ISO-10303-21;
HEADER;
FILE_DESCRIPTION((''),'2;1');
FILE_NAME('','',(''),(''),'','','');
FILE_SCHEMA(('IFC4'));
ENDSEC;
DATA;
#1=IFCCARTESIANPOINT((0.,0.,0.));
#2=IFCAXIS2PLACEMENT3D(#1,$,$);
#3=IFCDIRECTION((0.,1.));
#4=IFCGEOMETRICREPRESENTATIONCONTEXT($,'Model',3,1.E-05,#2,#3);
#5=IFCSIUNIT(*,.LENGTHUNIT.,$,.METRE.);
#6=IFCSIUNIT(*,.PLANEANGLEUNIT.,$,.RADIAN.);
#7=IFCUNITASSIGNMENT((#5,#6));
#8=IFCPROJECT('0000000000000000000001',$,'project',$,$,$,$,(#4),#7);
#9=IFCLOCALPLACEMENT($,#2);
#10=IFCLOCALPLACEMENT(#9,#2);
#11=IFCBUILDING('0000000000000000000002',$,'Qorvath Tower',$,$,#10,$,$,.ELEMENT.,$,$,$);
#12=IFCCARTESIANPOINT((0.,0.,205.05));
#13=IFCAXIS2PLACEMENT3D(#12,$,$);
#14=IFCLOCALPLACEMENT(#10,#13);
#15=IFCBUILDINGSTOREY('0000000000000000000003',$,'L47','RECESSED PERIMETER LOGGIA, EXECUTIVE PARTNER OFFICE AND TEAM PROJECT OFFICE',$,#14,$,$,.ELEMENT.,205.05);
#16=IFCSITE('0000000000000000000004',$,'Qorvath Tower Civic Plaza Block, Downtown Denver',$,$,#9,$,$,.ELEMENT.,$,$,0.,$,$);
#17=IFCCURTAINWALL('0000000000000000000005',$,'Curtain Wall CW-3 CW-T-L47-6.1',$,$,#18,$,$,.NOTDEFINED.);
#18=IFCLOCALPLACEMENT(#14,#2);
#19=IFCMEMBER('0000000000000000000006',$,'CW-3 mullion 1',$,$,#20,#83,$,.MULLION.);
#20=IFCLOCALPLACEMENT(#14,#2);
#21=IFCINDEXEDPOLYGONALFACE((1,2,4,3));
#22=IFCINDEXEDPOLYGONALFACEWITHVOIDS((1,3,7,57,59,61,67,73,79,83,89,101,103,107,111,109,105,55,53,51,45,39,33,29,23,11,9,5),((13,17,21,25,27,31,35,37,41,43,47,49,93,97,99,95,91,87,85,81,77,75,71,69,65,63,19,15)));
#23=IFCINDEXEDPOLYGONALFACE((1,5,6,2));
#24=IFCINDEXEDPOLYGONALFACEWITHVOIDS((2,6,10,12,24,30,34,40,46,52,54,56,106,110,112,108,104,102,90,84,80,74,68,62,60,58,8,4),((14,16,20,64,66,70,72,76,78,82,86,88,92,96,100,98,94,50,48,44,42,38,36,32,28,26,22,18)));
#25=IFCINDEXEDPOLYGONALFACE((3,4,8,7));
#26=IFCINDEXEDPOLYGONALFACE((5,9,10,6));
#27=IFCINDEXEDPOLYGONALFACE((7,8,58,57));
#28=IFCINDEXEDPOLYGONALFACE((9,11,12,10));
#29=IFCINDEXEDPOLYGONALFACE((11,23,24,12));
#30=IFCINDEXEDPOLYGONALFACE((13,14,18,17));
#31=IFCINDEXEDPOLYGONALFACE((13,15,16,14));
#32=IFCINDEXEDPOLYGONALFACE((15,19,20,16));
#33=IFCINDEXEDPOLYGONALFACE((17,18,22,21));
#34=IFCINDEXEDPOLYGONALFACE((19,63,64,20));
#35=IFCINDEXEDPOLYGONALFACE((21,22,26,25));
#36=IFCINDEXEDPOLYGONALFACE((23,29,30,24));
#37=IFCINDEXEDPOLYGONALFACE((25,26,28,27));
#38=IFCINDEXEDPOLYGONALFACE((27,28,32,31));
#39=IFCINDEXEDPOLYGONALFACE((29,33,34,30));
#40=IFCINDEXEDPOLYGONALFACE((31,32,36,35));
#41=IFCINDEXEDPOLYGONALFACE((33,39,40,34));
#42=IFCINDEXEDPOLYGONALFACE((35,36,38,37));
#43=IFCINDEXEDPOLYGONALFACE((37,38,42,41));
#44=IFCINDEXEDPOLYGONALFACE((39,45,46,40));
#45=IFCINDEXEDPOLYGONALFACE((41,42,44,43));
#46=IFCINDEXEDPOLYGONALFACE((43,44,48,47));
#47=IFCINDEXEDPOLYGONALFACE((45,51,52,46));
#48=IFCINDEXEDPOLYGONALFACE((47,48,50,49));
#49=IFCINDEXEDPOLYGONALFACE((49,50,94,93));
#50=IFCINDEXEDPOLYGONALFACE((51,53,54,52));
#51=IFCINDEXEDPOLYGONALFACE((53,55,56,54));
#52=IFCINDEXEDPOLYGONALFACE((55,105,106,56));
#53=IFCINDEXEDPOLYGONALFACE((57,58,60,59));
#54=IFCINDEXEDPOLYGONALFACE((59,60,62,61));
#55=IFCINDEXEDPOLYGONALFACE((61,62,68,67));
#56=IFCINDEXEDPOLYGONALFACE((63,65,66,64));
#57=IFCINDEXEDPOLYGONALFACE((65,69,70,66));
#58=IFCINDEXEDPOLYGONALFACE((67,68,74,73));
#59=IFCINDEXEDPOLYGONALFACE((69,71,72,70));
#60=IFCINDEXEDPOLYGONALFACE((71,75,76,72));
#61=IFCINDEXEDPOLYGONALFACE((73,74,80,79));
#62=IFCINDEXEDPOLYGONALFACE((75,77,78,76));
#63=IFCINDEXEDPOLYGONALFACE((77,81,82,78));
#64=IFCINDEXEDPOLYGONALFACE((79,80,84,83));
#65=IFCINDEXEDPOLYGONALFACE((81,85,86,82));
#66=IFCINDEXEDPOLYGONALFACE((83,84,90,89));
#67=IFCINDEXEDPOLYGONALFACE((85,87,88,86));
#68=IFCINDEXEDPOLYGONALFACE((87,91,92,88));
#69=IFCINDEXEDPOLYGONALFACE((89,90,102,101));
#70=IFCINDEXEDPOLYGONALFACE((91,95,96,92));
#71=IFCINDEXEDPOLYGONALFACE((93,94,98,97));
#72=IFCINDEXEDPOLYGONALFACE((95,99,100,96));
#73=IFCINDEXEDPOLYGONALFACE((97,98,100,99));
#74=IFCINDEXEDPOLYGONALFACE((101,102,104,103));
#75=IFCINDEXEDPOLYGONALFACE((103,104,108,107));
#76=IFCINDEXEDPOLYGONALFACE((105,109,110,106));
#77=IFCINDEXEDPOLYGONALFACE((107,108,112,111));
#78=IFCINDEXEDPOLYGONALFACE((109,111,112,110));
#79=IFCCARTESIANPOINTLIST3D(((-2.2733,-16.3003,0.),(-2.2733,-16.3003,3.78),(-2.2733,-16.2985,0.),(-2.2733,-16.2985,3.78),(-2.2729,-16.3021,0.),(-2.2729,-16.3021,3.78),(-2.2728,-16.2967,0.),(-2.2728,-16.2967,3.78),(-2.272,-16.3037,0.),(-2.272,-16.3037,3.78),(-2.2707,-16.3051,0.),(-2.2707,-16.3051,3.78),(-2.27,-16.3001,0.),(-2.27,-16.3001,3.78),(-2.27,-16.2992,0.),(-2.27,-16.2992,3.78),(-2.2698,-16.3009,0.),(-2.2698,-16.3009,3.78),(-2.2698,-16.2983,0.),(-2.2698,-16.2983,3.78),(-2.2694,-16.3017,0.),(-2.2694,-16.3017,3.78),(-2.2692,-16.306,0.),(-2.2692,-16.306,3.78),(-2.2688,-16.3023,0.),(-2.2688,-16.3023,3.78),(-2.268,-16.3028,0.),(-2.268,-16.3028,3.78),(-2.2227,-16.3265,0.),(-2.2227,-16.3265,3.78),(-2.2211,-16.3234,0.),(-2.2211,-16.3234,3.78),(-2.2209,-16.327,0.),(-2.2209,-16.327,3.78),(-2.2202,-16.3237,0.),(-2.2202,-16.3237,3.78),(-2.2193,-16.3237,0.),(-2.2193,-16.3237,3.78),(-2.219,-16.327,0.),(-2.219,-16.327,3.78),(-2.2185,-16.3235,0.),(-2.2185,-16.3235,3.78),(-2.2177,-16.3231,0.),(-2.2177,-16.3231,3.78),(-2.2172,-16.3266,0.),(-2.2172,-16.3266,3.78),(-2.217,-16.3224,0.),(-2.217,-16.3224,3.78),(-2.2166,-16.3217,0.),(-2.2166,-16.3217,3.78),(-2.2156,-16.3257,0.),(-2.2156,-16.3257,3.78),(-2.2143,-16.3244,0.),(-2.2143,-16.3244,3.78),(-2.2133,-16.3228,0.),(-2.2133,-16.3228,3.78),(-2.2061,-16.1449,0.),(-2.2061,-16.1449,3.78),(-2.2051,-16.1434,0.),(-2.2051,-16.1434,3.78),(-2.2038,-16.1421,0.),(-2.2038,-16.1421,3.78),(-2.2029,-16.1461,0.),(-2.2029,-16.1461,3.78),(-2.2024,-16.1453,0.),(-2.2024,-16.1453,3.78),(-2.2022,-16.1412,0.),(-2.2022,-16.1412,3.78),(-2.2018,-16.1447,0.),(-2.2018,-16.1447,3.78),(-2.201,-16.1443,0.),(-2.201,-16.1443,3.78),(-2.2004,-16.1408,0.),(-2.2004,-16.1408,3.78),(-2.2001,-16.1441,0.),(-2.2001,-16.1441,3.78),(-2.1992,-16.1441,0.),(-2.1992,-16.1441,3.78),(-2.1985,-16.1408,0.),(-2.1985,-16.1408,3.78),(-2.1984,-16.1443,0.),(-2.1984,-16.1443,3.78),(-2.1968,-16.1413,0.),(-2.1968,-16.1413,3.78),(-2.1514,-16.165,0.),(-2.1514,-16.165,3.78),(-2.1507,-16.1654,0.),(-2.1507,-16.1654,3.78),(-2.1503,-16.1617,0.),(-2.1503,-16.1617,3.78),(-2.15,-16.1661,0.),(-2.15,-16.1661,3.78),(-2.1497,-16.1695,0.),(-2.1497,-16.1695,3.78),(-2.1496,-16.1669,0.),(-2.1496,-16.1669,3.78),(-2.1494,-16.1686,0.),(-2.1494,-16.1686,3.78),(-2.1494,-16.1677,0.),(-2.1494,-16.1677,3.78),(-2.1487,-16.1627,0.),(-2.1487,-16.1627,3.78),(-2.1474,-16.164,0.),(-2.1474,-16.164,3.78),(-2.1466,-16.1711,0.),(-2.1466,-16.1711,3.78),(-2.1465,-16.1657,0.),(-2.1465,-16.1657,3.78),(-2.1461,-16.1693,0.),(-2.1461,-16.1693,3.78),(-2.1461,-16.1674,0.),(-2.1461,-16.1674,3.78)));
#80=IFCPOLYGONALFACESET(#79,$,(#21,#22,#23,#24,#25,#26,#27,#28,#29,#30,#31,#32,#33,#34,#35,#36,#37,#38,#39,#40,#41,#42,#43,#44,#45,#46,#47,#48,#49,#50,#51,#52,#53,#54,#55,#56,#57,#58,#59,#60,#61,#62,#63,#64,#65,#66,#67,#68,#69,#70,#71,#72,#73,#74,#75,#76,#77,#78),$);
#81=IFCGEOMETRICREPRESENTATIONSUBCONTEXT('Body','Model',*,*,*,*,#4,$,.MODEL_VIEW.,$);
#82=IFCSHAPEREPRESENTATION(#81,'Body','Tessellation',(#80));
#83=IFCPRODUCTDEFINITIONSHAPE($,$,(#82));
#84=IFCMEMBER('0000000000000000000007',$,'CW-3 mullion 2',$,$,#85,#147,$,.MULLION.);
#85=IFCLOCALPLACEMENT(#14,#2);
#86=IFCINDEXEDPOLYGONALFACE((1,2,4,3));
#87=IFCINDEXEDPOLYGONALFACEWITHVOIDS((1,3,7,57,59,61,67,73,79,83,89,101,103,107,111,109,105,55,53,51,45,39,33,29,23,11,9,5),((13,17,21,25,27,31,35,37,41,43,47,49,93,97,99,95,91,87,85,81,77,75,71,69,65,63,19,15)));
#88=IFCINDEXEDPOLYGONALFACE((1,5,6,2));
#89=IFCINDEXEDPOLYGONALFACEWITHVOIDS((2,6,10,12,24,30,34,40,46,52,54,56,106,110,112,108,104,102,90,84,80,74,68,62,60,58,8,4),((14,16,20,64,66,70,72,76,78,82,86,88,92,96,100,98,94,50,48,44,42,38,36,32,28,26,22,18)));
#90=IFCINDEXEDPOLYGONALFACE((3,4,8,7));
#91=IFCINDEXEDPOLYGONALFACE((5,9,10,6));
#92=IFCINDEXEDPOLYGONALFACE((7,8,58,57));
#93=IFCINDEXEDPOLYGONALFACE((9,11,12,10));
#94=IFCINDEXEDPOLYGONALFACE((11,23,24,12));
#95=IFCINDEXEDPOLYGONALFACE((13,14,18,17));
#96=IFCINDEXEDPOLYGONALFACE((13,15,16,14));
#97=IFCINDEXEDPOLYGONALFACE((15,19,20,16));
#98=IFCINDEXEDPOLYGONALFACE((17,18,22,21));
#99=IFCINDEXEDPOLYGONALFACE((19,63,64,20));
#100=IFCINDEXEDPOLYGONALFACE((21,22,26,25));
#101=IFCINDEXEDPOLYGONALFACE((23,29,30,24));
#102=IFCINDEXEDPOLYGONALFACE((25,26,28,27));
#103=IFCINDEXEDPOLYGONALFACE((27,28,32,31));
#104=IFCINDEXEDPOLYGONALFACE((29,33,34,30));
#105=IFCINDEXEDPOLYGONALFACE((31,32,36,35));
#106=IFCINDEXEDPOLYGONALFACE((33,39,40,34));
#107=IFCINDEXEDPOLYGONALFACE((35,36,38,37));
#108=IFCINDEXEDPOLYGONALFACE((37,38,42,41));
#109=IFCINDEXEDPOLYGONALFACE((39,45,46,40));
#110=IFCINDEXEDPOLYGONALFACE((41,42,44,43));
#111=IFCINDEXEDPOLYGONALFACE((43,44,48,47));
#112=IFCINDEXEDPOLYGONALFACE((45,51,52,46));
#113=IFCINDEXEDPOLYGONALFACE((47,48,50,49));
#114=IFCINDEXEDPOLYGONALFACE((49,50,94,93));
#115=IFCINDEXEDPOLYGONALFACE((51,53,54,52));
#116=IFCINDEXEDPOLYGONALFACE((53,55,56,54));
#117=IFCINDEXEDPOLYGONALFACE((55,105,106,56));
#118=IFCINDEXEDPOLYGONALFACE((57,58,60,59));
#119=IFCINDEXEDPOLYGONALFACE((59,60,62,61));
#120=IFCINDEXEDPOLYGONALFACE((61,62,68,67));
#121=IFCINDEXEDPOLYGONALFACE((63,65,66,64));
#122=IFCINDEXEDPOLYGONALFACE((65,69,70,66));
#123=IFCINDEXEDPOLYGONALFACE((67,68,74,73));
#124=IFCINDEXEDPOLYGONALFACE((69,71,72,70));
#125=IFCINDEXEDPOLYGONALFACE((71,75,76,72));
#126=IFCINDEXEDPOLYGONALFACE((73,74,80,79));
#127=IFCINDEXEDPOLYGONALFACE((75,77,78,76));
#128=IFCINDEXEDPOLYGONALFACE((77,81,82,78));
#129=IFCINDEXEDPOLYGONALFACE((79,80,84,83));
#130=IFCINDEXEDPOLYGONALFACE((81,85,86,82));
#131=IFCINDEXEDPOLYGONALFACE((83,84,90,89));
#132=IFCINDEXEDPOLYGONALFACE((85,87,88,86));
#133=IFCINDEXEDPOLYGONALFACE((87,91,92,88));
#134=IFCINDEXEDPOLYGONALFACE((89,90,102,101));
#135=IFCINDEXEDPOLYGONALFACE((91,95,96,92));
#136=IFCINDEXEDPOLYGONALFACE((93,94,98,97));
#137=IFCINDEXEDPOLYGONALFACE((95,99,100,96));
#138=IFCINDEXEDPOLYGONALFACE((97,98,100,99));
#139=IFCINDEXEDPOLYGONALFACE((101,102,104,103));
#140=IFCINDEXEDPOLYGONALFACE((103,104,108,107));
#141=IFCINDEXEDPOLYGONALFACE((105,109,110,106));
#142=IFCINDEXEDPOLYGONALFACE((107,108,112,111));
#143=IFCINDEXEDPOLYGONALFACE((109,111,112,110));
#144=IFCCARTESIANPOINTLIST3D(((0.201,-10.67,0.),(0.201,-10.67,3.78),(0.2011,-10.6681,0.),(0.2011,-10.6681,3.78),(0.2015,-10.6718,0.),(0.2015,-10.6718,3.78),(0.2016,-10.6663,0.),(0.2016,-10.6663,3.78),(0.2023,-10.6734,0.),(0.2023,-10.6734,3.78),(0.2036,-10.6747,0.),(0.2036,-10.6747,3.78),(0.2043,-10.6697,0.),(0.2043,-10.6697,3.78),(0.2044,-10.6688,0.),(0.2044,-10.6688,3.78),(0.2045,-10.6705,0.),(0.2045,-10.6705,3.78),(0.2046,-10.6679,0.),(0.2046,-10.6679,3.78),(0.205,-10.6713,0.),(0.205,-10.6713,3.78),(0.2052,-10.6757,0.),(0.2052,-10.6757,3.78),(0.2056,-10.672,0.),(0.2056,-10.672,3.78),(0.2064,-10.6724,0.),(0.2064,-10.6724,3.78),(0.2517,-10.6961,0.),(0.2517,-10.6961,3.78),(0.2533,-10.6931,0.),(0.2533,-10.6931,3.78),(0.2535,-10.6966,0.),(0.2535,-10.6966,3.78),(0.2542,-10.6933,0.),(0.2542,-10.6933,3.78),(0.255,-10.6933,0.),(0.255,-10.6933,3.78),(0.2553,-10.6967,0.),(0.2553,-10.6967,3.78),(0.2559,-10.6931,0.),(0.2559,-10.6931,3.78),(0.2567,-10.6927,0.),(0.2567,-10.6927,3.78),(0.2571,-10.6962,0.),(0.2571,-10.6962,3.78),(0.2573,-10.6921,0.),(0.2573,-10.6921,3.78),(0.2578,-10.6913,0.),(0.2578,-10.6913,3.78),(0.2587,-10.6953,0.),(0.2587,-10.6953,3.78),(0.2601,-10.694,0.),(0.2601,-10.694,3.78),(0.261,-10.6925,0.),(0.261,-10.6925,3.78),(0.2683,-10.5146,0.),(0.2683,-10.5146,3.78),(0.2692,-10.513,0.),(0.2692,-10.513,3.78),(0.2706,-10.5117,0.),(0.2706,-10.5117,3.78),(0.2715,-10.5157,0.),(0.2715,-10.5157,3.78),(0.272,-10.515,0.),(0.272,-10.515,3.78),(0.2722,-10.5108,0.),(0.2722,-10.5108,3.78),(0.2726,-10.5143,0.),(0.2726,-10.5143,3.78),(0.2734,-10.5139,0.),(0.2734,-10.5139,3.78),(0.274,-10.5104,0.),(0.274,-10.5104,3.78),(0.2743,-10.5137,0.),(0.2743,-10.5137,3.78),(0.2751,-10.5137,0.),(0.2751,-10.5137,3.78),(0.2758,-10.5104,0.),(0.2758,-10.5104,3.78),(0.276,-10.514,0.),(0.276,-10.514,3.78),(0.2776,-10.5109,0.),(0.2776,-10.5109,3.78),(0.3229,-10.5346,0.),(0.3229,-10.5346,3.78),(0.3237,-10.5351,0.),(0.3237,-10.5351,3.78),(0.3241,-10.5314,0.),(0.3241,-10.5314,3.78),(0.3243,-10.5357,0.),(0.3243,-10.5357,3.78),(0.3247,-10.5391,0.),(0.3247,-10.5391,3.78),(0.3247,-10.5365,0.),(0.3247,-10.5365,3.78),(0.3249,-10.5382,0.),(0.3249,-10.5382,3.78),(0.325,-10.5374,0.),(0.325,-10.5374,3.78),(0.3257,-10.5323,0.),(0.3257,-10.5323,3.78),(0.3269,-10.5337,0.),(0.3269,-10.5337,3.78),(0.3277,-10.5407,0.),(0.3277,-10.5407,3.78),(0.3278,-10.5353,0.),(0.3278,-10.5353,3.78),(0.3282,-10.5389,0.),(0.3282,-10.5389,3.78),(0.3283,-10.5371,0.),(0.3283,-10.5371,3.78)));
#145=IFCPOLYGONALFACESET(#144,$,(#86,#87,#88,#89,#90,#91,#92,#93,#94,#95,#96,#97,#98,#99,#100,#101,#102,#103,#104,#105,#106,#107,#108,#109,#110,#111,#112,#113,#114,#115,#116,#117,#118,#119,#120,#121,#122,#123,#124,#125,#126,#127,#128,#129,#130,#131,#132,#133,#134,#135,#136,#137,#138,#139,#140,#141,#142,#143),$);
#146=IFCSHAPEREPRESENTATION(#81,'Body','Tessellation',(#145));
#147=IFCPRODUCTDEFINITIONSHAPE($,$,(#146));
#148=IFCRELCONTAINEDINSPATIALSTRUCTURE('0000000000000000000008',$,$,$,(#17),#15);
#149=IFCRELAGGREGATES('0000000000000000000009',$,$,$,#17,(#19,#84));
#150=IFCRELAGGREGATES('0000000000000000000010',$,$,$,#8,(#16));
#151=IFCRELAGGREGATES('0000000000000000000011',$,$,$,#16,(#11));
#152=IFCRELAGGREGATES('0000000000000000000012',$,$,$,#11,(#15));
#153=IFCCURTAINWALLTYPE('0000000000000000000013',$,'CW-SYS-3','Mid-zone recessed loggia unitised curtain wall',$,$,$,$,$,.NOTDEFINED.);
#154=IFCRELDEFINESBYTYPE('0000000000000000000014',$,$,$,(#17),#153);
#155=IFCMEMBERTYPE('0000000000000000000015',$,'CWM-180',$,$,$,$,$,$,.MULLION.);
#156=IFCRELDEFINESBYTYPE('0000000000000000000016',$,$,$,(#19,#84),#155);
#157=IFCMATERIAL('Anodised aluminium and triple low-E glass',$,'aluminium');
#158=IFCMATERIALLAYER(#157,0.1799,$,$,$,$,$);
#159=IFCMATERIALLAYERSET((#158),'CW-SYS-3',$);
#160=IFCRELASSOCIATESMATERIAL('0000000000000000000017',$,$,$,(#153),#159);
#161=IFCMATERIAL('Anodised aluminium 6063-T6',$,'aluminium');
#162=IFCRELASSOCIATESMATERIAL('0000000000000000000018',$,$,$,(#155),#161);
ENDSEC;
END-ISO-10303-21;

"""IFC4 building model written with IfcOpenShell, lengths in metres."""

from ifc_helpers import new_model, si_unit, direction, frame, origin, origin_2d, place, context, subcontext, project, spatial, hollow_rectangle, extrude, material, layer, layer_set, material_profile, profile_set, type_object, element, aggregate, save


model = new_model("IFC4")

# Units and contexts
model_context = context("Model", 3, precision=1e-05, world=origin(), true_north=direction((0.0, 1.0)))
body_context = subcontext(model_context, "Body", "Model", "MODEL_VIEW")
ifc_project = project(units=[si_unit("LENGTHUNIT", "METRE"), si_unit("PLANEANGLEUNIT", "RADIAN")], contexts=[model_context])

# Site, building, storey
site_placement = place(None, origin())
site = spatial("IfcSite", under=ifc_project, at=site_placement, Name="Qorvath Tower Civic Plaza Block, Downtown Denver", CompositionType="ELEMENT", RefElevation=0.0)
building_placement = place(site_placement, origin())
building = spatial("IfcBuilding", under=site, at=building_placement, Name="Qorvath Tower", CompositionType="ELEMENT")
storey_placement = place(building_placement, frame((0.0, 0.0, 205.05)))
storey = spatial("IfcBuildingStorey", under=building, at=storey_placement, Name="L47", Description="RECESSED PERIMETER LOGGIA, EXECUTIVE PARTNER OFFICE AND TEAM PROJECT OFFICE", CompositionType="ELEMENT", Elevation=205.05)

# Curtain wall, members
ifc_material_1 = material(Name="Anodised aluminium and triple low-E glass", Category="aluminium")
ifc_layer_1 = layer(ifc_material_1, 0.1799)
ifc_layer_set_1 = layer_set([ifc_layer_1], Name="CW-SYS-3")
curtain_wall_type = type_object("IfcCurtainWallType", Name="CW-SYS-3", Description="Mid-zone recessed loggia unitised curtain wall", PredefinedType="NOTDEFINED", material=ifc_layer_set_1)
curtain_wall_1_placement = place(storey_placement, origin())
curtain_wall_1 = element("IfcCurtainWall", 1, at=curtain_wall_1_placement, inside=storey, type_object=curtain_wall_type, Name="Curtain Wall CW-3 CW-T-L47-6.1", PredefinedType="NOTDEFINED")
ifc_material_2 = material(Name="Anodised aluminium 6063-T6", Category="aluminium")
ifc_material_profile_1 = material_profile(ifc_material_2, hollow_rectangle(XDim=0.0649, YDim=0.1799, WallThickness=0.0034, InnerFilletRadius=0.0034, OuterFilletRadius=0.0071, at=origin_2d()), Name="CWM 180x65")
ifc_profile_set_1 = profile_set([ifc_material_profile_1], Name="Anodised aluminium 6063-T6")
member_type_1 = type_object("IfcMemberType", Name="CWM-180", PredefinedType="MULLION", material=ifc_profile_set_1)
member_1_placement = place(storey_placement, frame((-2.2097, -16.2339, 0.0), z_axis=(0.0, 0.0, 1.0), x_axis=(-0.915499, 0.402321, 0.0)))
member_1 = element("IfcMember", 2, at=member_1_placement, type_object=member_type_1, Name="CW-3 mullion 1", PredefinedType="MULLION", context=body_context, shape_type="SweptSolid", body=[
    extrude(hollow_rectangle(XDim=0.0649, YDim=0.1799, WallThickness=0.0034, InnerFilletRadius=0.0034, OuterFilletRadius=0.0071, at=origin_2d()), origin(), (0.0, 0.0, 1.0), 3.78),
])
member_2_placement = place(storey_placement, frame((0.2646, -10.6035, 0.0), z_axis=(0.0, 0.0, 1.0), x_axis=(-0.915499, 0.402321, 0.0)))
member_2 = element("IfcMember", 3, at=member_2_placement, type_object=member_type_1, Name="CW-3 mullion 2", PredefinedType="MULLION", context=body_context, shape_type="SweptSolid", body=[
    extrude(hollow_rectangle(XDim=0.0649, YDim=0.1799, WallThickness=0.0034, InnerFilletRadius=0.0034, OuterFilletRadius=0.0071, at=origin_2d()), origin(), (0.0, 0.0, 1.0), 3.78),
])

aggregate(curtain_wall_1, [member_1, member_2])

save(model, "model.ifc")
